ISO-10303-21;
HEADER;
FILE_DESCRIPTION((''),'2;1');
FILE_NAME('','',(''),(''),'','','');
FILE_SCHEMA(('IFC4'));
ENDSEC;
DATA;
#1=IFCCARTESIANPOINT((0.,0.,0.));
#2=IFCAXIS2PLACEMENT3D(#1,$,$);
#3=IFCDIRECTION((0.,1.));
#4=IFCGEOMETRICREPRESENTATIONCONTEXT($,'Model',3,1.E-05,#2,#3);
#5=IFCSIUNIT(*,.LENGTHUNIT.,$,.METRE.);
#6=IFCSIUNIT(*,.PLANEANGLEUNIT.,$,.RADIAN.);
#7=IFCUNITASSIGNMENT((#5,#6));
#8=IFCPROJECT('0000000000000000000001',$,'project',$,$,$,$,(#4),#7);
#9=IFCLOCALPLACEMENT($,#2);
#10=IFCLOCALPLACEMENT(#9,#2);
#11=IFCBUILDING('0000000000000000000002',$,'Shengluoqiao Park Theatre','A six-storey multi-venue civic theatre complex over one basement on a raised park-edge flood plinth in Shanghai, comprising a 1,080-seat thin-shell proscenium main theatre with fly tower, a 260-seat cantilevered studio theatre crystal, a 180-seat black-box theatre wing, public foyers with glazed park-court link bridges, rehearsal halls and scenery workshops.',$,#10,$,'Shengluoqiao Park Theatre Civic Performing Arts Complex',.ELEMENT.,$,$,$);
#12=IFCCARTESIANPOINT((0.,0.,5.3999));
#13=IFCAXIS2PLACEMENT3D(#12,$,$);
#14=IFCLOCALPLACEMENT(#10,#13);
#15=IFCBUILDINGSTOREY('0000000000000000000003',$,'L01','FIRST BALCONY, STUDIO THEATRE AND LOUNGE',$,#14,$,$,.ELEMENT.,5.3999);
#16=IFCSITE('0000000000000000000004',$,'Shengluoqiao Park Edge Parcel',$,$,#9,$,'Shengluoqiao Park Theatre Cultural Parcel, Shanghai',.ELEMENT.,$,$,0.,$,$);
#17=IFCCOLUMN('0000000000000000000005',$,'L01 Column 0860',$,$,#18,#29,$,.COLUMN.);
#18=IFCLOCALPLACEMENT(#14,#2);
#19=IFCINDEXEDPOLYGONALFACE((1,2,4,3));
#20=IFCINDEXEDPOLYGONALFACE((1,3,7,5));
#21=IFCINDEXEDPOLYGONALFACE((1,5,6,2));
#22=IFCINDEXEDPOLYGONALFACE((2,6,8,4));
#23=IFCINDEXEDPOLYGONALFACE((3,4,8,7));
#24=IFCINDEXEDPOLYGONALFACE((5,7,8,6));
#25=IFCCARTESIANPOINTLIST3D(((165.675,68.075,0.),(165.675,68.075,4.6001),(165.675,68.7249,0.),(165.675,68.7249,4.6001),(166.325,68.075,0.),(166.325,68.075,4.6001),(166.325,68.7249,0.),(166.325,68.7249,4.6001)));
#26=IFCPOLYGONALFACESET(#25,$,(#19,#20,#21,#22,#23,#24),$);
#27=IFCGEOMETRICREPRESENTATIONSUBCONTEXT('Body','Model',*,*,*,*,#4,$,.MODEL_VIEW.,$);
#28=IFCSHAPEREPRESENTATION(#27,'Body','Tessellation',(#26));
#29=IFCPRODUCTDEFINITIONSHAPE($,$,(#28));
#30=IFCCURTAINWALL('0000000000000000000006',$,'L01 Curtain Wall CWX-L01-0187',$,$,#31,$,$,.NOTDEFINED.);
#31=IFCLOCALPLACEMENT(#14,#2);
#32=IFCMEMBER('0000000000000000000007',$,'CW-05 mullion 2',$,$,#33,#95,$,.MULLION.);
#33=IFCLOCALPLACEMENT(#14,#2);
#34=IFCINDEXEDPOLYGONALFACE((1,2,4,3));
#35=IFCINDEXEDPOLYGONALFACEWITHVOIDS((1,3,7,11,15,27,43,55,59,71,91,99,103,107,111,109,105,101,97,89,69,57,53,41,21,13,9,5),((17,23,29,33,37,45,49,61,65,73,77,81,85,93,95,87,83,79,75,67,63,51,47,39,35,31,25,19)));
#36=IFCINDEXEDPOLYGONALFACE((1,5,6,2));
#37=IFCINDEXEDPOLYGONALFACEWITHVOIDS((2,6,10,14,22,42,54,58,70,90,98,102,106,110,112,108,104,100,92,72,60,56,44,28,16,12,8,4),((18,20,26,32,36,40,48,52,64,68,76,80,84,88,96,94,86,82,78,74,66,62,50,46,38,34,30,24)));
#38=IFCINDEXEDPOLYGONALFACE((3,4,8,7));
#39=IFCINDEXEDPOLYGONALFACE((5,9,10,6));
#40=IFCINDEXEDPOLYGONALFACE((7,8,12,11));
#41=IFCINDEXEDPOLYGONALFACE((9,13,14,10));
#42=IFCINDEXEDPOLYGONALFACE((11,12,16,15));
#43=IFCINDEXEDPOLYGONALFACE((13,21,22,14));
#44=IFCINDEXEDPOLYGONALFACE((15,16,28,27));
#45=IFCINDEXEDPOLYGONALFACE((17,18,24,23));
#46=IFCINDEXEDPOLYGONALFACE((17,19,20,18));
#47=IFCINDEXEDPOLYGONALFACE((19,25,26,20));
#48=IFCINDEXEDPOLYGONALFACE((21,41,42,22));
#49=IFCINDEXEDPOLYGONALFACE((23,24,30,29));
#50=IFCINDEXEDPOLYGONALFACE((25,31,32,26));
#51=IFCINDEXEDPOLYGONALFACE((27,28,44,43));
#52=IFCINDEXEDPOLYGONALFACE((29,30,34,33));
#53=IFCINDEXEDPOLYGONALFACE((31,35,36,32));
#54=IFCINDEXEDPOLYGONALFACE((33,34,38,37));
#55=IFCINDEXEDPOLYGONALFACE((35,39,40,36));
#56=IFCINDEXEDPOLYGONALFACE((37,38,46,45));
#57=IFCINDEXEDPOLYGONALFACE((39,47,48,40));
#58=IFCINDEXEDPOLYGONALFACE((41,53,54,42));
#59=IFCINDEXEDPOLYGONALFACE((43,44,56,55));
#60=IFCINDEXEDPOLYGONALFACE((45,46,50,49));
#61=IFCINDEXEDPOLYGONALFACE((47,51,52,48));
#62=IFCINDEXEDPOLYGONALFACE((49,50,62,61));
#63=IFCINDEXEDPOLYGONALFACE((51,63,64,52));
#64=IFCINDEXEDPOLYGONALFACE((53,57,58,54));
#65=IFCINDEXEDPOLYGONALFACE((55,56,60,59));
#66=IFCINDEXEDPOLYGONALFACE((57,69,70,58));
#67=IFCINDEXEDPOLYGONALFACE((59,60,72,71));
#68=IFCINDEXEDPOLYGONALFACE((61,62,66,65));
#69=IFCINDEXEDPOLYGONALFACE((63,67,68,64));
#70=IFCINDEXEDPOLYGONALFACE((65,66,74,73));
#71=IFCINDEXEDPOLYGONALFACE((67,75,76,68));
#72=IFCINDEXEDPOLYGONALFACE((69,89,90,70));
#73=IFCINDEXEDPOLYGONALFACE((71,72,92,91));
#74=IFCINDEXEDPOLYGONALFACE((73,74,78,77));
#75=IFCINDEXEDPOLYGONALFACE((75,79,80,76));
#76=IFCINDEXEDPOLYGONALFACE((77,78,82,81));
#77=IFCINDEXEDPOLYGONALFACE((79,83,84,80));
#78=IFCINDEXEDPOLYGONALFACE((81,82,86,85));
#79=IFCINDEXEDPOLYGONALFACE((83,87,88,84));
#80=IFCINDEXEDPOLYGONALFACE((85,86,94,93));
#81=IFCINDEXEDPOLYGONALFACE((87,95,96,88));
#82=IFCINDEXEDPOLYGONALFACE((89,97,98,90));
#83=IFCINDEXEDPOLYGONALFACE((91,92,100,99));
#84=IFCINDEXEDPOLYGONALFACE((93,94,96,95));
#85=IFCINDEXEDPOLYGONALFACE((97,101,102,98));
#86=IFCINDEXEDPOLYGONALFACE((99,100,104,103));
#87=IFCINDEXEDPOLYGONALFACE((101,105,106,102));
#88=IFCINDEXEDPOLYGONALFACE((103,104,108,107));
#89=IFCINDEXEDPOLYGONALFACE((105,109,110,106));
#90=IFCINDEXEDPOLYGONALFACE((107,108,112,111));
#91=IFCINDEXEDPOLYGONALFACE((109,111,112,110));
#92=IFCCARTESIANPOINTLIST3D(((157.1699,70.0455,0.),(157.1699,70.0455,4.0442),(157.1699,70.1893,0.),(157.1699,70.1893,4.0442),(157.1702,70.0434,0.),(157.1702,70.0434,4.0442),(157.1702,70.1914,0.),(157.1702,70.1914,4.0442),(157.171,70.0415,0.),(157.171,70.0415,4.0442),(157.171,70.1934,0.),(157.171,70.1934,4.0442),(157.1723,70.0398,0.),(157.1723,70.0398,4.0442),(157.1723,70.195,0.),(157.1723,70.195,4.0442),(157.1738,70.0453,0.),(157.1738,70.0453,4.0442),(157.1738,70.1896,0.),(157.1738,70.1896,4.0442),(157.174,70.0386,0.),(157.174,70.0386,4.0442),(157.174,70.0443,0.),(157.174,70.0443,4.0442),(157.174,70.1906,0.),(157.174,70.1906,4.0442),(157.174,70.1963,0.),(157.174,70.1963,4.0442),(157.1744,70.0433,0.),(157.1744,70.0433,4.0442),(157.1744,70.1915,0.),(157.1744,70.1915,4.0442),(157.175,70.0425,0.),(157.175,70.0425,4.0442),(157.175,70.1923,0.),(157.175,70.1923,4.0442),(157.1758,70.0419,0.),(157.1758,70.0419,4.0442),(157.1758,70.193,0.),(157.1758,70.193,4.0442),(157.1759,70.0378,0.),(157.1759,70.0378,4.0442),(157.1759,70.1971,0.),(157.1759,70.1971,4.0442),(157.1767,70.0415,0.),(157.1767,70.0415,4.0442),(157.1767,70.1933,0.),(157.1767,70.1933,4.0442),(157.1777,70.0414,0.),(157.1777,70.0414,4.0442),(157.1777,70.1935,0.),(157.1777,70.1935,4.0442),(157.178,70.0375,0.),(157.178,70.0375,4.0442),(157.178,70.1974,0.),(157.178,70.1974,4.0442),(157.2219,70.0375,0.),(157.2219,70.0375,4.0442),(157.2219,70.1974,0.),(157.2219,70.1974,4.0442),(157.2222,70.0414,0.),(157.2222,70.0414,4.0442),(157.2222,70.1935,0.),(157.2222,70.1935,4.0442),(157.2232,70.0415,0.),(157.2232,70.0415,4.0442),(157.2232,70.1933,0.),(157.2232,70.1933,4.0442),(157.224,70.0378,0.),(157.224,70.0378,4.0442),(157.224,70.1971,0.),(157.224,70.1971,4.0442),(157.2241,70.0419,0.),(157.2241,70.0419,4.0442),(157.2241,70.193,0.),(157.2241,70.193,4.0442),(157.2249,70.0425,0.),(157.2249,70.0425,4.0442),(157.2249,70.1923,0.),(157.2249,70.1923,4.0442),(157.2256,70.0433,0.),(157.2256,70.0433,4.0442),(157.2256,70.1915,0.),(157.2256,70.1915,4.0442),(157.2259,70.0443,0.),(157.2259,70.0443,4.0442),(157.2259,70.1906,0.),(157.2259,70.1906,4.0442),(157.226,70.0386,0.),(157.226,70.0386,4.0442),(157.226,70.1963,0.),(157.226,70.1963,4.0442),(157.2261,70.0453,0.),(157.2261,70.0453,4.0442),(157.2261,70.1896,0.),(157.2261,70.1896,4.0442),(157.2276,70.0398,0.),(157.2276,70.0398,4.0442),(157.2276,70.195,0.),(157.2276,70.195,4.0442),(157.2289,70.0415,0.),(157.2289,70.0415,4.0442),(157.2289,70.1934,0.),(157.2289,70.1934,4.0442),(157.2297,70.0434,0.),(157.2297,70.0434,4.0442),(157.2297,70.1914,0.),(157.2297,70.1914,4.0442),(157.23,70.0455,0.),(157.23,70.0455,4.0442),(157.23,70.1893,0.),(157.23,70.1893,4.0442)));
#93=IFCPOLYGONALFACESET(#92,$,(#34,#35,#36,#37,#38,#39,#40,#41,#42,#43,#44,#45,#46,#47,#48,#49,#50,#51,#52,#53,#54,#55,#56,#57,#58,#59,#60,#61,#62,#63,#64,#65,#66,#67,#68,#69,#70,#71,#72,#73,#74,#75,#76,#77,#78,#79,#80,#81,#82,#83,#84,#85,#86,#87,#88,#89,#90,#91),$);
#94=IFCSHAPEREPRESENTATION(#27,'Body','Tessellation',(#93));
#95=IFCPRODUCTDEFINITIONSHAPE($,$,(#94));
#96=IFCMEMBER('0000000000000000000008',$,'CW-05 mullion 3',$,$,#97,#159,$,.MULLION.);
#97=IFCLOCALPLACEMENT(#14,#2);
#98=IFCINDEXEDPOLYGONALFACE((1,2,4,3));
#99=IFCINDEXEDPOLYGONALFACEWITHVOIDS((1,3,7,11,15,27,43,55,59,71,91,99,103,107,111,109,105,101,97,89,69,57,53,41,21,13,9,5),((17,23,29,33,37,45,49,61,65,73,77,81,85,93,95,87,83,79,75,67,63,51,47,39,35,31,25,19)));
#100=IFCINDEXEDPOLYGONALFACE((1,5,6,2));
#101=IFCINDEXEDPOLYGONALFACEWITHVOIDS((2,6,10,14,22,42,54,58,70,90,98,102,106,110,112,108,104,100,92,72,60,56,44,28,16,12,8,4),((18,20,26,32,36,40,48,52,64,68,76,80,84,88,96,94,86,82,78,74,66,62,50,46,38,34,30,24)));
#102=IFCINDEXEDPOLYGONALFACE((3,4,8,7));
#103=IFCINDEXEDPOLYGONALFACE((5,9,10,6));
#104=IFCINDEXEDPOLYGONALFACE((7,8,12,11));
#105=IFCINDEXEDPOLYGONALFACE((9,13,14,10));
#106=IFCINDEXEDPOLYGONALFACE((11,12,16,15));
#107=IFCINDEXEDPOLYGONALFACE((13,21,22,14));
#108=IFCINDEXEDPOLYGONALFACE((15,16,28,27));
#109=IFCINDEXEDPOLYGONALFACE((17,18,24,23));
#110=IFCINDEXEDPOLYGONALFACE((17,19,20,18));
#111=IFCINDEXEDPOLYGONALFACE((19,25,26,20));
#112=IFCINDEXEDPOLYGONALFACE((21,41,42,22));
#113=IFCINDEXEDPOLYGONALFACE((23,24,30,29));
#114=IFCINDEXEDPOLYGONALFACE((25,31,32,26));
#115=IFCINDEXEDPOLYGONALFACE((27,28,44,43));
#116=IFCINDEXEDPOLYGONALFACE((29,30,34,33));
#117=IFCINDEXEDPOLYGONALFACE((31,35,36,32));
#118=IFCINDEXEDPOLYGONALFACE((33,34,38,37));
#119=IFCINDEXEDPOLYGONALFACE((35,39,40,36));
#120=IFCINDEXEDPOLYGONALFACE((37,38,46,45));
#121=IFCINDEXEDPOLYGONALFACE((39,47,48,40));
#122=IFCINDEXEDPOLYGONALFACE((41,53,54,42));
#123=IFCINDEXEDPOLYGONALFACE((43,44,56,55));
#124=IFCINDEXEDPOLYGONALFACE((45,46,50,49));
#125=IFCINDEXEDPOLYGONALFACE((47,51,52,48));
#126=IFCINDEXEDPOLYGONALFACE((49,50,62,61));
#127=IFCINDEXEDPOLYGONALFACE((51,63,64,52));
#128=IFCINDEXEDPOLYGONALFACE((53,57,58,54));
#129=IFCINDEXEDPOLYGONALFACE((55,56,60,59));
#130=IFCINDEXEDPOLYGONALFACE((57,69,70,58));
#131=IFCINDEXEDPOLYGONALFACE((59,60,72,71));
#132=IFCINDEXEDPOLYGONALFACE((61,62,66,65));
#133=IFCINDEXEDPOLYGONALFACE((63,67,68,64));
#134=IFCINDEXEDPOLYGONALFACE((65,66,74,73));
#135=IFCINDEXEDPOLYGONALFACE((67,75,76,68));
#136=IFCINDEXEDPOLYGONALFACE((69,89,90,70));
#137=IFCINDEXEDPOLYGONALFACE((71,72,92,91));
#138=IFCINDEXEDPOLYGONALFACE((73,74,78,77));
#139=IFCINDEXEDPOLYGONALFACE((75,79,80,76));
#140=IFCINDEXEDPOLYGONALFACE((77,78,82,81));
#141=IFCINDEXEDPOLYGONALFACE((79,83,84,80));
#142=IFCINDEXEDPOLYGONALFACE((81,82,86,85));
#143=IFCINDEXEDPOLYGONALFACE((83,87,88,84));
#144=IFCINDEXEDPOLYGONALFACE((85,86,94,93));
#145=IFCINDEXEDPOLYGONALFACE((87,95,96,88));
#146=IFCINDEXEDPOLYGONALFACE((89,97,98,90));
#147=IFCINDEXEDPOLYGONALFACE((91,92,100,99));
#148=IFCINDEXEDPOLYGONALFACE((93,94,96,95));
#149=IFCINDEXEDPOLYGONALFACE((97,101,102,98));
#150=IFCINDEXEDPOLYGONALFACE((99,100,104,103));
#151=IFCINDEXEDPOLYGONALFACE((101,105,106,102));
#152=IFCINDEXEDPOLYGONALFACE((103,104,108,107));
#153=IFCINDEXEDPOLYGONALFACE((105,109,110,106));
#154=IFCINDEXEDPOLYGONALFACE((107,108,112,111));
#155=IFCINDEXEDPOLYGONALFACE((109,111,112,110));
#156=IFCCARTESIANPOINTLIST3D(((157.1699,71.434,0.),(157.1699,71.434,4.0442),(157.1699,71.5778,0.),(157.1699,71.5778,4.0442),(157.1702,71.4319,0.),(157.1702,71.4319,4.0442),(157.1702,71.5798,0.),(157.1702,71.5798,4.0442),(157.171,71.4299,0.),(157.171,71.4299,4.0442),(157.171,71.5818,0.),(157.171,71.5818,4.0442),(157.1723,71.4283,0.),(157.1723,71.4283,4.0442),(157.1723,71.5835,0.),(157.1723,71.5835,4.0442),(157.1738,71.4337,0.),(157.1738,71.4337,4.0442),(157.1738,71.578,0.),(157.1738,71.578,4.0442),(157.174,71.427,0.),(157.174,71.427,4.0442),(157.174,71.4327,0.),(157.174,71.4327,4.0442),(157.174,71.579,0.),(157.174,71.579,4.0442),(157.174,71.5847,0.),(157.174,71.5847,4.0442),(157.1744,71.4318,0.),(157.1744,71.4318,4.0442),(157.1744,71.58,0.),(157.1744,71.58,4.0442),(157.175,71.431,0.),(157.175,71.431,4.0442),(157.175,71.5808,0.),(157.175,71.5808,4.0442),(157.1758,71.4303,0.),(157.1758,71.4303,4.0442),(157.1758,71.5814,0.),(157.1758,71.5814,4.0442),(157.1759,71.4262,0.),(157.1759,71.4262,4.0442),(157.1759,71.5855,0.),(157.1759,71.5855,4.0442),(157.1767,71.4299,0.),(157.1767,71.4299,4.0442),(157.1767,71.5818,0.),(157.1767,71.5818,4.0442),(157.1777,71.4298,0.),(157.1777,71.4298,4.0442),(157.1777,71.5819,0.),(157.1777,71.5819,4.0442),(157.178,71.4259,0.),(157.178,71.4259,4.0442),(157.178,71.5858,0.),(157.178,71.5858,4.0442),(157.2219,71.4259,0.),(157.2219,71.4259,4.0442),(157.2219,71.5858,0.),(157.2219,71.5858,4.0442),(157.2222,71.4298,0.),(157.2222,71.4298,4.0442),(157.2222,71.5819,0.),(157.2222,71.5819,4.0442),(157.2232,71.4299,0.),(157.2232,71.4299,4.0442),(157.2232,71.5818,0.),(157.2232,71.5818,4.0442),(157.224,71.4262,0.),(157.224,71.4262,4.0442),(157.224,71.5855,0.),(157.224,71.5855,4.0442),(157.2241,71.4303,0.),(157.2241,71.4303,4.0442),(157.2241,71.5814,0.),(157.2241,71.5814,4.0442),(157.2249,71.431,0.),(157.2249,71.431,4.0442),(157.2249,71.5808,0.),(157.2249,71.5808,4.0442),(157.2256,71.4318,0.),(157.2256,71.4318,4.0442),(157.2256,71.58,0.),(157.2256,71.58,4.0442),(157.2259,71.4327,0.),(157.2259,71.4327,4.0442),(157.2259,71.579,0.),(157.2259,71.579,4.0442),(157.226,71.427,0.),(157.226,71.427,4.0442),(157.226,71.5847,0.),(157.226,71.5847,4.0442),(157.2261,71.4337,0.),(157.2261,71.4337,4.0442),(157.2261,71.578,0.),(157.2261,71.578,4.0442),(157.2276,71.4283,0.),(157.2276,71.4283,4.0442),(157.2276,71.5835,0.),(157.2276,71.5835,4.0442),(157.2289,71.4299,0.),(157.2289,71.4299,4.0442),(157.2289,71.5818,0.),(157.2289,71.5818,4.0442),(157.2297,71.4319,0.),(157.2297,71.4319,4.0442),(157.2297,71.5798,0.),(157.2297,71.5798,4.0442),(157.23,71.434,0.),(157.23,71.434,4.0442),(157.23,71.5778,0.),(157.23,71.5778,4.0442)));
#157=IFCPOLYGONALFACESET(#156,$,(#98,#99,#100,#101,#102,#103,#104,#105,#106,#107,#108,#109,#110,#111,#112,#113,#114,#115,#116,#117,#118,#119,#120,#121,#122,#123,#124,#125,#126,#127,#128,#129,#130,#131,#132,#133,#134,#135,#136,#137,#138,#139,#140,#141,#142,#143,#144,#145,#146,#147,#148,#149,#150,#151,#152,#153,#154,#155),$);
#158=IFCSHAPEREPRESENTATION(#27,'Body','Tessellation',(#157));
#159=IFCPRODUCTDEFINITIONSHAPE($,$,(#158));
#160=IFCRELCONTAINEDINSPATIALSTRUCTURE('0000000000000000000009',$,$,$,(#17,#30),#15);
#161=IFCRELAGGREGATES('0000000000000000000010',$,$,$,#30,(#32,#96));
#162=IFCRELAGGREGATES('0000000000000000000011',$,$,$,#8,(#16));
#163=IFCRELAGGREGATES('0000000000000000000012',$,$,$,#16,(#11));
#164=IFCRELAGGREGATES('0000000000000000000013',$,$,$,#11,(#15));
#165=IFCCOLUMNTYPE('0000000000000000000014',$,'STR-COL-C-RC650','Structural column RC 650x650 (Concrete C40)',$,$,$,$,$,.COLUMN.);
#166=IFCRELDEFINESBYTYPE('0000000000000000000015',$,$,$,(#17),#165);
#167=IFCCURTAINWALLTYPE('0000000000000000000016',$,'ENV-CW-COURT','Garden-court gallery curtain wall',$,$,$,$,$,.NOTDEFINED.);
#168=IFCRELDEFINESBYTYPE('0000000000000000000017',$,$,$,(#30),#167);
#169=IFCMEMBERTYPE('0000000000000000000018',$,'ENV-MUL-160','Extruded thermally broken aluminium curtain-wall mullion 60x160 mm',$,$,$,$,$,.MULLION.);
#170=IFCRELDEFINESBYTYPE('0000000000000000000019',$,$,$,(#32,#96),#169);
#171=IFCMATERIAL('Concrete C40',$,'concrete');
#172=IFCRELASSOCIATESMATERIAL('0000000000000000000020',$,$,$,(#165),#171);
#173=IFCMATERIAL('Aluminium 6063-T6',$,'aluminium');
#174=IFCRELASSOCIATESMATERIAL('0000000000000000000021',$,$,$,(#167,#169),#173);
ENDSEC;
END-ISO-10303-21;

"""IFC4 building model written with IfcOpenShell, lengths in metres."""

from ifc_helpers import new_model, si_unit, direction, frame, origin, origin_2d, place, context, subcontext, project, spatial, rectangle, hollow_rectangle, extrude, material, material_profile, profile_set, type_object, element, aggregate, save


model = new_model("IFC4")

# Units and contexts
model_context = context("Model", 3, precision=1e-05, world=origin(), true_north=direction((0.0, 1.0)))
body_context = subcontext(model_context, "Body", "Model", "MODEL_VIEW")
ifc_project = project(units=[si_unit("LENGTHUNIT", "METRE"), si_unit("PLANEANGLEUNIT", "RADIAN")], contexts=[model_context])

# Site, building, storey
site_placement = place(None, origin())
site = spatial("IfcSite", under=ifc_project, at=site_placement, Name="Shengluoqiao Park Edge Parcel", LongName="Shengluoqiao Park Theatre Cultural Parcel, Shanghai", CompositionType="ELEMENT", RefElevation=0.0)
building_placement = place(site_placement, origin())
building = spatial("IfcBuilding", under=site, at=building_placement, Name="Shengluoqiao Park Theatre", Description="A six-storey multi-venue civic theatre complex over one basement on a raised park-edge flood plinth in Shanghai, comprising a 1,080-seat thin-shell proscenium main theatre with fly tower, a 260-seat cantilevered studio theatre crystal, a 180-seat black-box theatre wing, public foyers with glazed park-court link bridges, rehearsal halls and scenery workshops.", LongName="Shengluoqiao Park Theatre Civic Performing Arts Complex", CompositionType="ELEMENT")
storey_placement = place(building_placement, frame((0.0, 0.0, 5.3999)))
storey = spatial("IfcBuildingStorey", under=building, at=storey_placement, Name="L01", Description="FIRST BALCONY, STUDIO THEATRE AND LOUNGE", CompositionType="ELEMENT", Elevation=5.3999)

# Column
ifc_material_1 = material(Name="Concrete C40", Category="concrete")
ifc_material_profile_1 = material_profile(ifc_material_1, rectangle(XDim=0.6499, YDim=0.6499, at=origin_2d()), Name="RC 650x650")
ifc_profile_set_1 = profile_set([ifc_material_profile_1], Name="Concrete C40")
column_type = type_object("IfcColumnType", Name="STR-COL-C-RC650", Description="Structural column RC 650x650 (Concrete C40)", PredefinedType="COLUMN", material=ifc_profile_set_1)
column_placement = place(storey_placement, frame((166.0, 68.3999, 0.0), z_axis=(0.0, 0.0, 1.0), x_axis=(1.0, 0.0, 0.0)))
element("IfcColumn", 1, at=column_placement, inside=storey, type_object=column_type, Name="L01 Column 0860", PredefinedType="COLUMN", context=body_context, shape_type="SweptSolid", body=[
    extrude(rectangle(XDim=0.6499, YDim=0.6499, at=origin_2d()), origin(), (0.0, 0.0, 1.0), 4.6001),
])

# Curtain wall, members
ifc_material_2 = material(Name="Aluminium 6063-T6", Category="aluminium")
curtain_wall_type = type_object("IfcCurtainWallType", Name="ENV-CW-COURT", Description="Garden-court gallery curtain wall", PredefinedType="NOTDEFINED", material=ifc_material_2)
curtain_wall_placement = place(storey_placement, origin())
curtain_wall = element("IfcCurtainWall", 2, at=curtain_wall_placement, inside=storey, type_object=curtain_wall_type, Name="L01 Curtain Wall CWX-L01-0187", PredefinedType="NOTDEFINED")
ifc_material_profile_2 = material_profile(ifc_material_2, hollow_rectangle(XDim=0.0601, YDim=0.1599, WallThickness=0.0039, InnerFilletRadius=0.0039, OuterFilletRadius=0.0081, at=origin_2d()), Name="ALU MULLION 160x60x4")
ifc_profile_set_2 = profile_set([ifc_material_profile_2], Name="Aluminium 6063-T6")
member_type_1 = type_object("IfcMemberType", Name="ENV-MUL-160", Description="Extruded thermally broken aluminium curtain-wall mullion 60x160 mm", PredefinedType="MULLION", material=ifc_profile_set_2)
member_1_placement = place(storey_placement, frame((157.2, 70.1174, 0.0), z_axis=(0.0, 0.0, 1.0), x_axis=(-1.0, 0.0, 0.0)))
member_1 = element("IfcMember", 3, at=member_1_placement, type_object=member_type_1, Name="CW-05 mullion 2", PredefinedType="MULLION", context=body_context, shape_type="SweptSolid", body=[
    extrude(hollow_rectangle(XDim=0.0601, YDim=0.1599, WallThickness=0.0039, InnerFilletRadius=0.0039, OuterFilletRadius=0.0081, at=origin_2d()), origin(), (0.0, 0.0, 1.0), 4.0442),
])
member_2_placement = place(storey_placement, frame((157.2, 71.5059, 0.0), z_axis=(0.0, 0.0, 1.0), x_axis=(-1.0, 0.0, 0.0)))
member_2 = element("IfcMember", 4, at=member_2_placement, type_object=member_type_1, Name="CW-05 mullion 3", PredefinedType="MULLION", context=body_context, shape_type="SweptSolid", body=[
    extrude(hollow_rectangle(XDim=0.0601, YDim=0.1599, WallThickness=0.0039, InnerFilletRadius=0.0039, OuterFilletRadius=0.0081, at=origin_2d()), origin(), (0.0, 0.0, 1.0), 4.0442),
])

aggregate(curtain_wall, [member_1, member_2])

save(model, "model.ifc")
